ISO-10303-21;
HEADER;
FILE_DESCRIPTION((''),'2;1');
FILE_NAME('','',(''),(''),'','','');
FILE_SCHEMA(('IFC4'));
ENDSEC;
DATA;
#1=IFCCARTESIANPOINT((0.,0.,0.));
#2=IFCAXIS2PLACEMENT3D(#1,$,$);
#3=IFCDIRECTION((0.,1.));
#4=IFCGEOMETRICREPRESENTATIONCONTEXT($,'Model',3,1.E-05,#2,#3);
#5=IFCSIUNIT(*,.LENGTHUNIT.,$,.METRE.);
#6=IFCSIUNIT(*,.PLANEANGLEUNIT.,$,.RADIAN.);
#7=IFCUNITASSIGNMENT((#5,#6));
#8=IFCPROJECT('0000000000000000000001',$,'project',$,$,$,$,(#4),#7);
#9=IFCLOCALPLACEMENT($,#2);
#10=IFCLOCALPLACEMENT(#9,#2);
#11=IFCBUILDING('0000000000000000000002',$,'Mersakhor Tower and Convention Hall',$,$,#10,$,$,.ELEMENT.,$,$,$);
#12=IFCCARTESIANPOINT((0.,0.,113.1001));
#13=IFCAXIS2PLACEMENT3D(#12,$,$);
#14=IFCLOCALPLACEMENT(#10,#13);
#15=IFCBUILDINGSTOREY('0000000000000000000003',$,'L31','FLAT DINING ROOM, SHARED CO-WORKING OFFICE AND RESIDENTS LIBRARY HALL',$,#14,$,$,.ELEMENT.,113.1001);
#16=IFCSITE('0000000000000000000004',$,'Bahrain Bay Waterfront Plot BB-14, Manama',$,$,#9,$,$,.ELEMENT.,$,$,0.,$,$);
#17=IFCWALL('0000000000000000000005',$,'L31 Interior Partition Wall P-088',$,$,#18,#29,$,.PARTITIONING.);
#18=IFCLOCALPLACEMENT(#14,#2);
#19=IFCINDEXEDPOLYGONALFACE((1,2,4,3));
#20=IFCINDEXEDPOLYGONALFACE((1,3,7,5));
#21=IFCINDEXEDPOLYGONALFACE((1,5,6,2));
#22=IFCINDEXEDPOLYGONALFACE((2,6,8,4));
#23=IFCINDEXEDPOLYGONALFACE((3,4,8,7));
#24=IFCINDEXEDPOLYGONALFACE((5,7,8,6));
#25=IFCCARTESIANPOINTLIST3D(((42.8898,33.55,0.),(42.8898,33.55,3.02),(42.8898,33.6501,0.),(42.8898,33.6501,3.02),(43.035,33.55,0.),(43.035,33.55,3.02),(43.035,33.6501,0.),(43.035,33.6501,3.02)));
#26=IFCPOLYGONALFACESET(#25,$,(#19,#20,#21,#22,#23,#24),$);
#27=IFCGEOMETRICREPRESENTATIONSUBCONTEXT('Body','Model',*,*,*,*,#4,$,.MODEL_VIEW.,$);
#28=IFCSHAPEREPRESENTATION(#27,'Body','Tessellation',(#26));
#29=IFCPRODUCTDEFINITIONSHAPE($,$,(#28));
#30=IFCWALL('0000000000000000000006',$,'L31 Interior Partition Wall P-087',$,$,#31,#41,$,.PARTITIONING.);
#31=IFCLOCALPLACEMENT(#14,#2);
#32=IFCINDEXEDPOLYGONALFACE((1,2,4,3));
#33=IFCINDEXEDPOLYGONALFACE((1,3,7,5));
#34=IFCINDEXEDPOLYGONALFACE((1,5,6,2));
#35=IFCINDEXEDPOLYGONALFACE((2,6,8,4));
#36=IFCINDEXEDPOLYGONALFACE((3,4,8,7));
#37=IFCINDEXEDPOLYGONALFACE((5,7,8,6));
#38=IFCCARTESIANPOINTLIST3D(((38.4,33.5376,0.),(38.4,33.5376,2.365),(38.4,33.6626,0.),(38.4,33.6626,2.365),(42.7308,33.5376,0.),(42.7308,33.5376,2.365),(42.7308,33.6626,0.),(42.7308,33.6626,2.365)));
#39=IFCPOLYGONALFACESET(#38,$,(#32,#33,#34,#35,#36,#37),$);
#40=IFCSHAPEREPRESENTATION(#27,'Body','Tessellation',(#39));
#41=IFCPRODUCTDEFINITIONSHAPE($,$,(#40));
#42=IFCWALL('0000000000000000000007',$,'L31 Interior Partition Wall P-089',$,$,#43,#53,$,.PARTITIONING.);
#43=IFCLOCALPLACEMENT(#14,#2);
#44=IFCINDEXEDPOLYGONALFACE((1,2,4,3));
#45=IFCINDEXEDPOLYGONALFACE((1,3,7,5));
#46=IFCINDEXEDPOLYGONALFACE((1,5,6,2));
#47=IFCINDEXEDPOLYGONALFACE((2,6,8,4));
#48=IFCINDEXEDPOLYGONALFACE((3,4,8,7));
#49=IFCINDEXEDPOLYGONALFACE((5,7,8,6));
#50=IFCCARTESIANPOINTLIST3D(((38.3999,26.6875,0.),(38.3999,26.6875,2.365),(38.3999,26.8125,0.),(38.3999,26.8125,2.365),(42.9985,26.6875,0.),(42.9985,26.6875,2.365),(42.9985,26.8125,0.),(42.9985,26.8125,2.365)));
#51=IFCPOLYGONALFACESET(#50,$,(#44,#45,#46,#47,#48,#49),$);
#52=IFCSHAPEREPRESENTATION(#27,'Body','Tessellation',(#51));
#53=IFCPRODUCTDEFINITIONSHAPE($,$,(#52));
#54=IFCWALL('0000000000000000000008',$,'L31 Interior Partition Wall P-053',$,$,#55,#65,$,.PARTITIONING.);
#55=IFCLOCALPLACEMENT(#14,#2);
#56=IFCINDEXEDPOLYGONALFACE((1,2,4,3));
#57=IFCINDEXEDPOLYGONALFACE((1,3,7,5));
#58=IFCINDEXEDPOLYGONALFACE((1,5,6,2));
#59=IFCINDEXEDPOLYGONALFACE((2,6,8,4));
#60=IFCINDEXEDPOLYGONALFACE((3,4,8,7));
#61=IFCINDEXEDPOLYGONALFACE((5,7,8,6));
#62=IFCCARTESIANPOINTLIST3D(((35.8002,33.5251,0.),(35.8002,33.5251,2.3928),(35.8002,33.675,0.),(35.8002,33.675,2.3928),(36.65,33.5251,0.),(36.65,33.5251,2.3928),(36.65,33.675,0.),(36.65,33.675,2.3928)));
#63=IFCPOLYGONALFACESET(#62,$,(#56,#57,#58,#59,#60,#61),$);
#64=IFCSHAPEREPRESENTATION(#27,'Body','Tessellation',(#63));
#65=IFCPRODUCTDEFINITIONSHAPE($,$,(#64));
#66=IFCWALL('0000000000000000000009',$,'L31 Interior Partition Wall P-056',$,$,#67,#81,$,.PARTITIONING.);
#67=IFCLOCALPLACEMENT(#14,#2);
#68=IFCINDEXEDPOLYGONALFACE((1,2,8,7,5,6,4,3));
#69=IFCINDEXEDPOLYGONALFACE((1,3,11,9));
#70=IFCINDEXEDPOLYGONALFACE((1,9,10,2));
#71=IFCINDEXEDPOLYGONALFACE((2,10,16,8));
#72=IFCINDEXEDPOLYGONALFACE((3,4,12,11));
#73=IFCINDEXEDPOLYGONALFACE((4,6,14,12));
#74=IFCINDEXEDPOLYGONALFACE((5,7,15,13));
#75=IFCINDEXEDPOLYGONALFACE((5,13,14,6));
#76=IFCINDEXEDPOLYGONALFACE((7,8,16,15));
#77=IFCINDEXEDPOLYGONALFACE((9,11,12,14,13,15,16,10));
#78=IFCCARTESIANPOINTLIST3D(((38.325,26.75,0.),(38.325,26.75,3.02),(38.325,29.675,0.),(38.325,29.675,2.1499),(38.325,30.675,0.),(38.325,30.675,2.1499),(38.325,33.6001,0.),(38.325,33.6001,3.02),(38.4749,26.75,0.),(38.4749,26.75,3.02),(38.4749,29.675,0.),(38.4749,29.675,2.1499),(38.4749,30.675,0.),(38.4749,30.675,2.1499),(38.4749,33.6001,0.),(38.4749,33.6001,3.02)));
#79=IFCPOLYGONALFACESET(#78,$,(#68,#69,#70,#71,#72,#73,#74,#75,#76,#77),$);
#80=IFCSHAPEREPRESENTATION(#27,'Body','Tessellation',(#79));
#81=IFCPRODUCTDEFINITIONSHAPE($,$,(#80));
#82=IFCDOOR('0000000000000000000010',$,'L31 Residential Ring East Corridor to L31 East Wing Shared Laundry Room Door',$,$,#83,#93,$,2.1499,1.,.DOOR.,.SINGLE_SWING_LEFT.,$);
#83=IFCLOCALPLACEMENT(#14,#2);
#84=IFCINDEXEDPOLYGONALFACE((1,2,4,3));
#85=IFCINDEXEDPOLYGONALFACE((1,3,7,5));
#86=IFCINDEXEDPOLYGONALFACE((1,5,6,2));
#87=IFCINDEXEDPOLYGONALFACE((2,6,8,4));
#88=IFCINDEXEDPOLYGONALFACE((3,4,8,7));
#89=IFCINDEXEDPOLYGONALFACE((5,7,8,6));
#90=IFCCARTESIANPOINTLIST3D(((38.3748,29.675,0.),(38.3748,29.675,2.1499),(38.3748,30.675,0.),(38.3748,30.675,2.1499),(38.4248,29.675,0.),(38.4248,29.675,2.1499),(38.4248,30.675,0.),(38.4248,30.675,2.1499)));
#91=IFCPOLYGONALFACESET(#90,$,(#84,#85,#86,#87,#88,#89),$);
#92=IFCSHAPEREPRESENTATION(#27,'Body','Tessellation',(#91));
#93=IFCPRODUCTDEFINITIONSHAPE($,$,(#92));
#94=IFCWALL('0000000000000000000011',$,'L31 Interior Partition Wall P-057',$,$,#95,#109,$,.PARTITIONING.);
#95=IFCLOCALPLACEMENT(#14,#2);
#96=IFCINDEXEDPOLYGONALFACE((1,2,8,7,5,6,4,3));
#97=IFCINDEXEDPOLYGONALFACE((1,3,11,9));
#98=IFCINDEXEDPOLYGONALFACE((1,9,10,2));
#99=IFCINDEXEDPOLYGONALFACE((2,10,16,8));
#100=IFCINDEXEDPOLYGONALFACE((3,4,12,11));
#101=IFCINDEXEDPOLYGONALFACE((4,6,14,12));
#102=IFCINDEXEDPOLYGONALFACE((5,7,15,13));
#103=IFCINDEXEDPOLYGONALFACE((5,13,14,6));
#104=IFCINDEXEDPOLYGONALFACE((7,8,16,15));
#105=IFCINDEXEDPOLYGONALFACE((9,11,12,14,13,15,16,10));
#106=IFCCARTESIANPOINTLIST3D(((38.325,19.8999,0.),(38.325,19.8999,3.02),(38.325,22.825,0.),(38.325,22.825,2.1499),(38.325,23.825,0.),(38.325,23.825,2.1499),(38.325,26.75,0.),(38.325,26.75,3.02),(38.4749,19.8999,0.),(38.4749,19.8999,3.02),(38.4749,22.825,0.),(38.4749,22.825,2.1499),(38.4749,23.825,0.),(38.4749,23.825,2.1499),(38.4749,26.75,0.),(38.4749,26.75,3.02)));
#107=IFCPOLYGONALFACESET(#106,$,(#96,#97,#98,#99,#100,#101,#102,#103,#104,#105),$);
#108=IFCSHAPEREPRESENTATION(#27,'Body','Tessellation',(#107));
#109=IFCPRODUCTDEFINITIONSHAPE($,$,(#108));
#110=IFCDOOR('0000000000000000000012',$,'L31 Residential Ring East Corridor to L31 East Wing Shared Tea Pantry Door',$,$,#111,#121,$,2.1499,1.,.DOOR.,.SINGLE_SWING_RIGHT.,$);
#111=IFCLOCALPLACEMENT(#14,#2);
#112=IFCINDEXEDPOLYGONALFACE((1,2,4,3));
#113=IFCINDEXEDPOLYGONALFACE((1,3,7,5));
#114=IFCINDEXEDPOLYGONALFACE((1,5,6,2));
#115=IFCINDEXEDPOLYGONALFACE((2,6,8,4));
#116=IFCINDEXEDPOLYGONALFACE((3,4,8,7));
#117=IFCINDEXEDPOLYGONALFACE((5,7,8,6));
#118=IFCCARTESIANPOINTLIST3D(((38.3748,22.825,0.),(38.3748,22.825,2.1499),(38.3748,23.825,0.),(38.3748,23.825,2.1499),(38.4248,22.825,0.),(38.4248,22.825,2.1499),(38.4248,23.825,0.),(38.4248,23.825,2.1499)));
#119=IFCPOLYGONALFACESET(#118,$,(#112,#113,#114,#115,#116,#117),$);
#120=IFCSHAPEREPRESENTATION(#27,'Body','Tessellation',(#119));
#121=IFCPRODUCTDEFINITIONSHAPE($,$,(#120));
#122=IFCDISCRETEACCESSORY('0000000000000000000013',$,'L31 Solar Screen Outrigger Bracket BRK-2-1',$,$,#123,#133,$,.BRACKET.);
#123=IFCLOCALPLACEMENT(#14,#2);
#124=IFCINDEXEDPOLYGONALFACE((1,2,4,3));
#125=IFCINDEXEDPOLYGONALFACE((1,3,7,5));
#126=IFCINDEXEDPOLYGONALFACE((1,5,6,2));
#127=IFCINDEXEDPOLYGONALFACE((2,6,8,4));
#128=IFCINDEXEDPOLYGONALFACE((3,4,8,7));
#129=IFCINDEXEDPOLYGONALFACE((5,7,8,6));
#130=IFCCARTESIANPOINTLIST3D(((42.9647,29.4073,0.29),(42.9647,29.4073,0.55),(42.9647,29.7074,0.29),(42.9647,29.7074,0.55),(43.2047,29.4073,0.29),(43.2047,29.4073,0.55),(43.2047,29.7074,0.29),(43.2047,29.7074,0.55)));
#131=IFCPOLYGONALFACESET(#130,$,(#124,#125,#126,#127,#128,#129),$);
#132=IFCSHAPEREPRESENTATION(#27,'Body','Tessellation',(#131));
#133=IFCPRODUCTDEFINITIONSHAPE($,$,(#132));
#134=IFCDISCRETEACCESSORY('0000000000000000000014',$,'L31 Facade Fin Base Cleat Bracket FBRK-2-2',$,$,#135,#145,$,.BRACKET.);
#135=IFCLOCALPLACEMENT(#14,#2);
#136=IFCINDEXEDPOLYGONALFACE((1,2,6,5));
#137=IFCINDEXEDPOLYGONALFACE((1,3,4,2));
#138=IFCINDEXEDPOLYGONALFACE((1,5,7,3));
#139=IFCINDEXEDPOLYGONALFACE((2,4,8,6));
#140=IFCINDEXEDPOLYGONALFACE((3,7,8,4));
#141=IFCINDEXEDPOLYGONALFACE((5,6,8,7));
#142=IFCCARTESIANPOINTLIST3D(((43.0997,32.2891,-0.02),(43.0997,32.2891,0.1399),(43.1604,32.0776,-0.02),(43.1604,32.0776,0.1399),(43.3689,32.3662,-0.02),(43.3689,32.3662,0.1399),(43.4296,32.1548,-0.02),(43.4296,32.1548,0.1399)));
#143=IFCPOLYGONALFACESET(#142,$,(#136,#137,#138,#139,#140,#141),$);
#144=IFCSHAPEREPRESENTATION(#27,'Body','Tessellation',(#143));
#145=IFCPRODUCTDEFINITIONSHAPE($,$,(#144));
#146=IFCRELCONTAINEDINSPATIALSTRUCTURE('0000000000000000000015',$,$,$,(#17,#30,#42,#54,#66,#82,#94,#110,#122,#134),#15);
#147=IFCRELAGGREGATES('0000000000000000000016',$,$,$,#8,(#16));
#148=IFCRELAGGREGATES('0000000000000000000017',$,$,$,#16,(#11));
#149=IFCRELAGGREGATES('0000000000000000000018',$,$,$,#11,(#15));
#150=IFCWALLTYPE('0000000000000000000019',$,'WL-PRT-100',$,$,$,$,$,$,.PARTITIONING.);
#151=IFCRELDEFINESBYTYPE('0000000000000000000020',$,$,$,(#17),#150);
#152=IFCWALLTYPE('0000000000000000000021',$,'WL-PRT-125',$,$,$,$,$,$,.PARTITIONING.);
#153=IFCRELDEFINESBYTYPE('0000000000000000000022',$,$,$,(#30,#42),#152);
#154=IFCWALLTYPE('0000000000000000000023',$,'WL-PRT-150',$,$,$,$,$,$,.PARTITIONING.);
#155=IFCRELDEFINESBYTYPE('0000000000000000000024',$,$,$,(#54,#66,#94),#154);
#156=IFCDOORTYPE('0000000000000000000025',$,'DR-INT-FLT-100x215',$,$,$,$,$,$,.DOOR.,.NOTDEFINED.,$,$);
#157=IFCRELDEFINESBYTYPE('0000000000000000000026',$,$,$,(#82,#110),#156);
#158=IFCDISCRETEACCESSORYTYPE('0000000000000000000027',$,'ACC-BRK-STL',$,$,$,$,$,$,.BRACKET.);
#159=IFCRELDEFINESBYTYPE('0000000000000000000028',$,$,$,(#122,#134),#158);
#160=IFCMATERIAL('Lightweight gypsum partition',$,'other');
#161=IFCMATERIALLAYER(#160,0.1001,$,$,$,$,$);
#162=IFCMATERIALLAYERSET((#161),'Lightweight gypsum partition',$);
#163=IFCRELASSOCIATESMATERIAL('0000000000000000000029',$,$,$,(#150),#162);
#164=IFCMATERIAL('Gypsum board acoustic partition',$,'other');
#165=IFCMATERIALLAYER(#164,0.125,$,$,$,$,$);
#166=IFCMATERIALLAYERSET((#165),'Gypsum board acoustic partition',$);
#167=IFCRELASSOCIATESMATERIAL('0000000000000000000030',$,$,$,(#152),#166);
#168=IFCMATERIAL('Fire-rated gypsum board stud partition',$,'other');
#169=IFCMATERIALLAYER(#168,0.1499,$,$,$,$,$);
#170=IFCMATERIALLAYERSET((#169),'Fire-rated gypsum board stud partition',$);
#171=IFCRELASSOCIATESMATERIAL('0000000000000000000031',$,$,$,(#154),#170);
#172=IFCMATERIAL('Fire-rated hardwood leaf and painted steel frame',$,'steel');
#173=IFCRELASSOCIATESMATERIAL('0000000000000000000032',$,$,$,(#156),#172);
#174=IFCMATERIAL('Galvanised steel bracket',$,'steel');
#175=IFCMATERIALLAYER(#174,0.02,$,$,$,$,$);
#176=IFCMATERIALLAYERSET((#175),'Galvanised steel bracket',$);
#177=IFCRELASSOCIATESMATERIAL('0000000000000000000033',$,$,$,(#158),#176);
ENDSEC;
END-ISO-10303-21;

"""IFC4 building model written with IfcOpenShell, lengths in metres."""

from ifc_helpers import new_model, si_unit, direction, frame, frame_2d, origin, origin_2d, place, context, subcontext, project, spatial, rectangle, extrude, material, layer, layer_set, type_object, element, fill, save


model = new_model("IFC4")

# Units and contexts
model_context = context("Model", 3, precision=1e-05, world=origin(), true_north=direction((0.0, 1.0)))
body_context = subcontext(model_context, "Body", "Model", "MODEL_VIEW")
ifc_project = project(units=[si_unit("LENGTHUNIT", "METRE"), si_unit("PLANEANGLEUNIT", "RADIAN")], contexts=[model_context])

# Site, building, storey
site_placement = place(None, origin())
site = spatial("IfcSite", under=ifc_project, at=site_placement, Name="Bahrain Bay Waterfront Plot BB-14, Manama", CompositionType="ELEMENT", RefElevation=0.0)
building_placement = place(site_placement, origin())
building = spatial("IfcBuilding", under=site, at=building_placement, Name="Mersakhor Tower and Convention Hall", CompositionType="ELEMENT")
storey_placement = place(building_placement, frame((0.0, 0.0, 113.1001)))
storey = spatial("IfcBuildingStorey", under=building, at=storey_placement, Name="L31", Description="FLAT DINING ROOM, SHARED CO-WORKING OFFICE AND RESIDENTS LIBRARY HALL", CompositionType="ELEMENT", Elevation=113.1001)

# Walls
ifc_material_1 = material(Name="Lightweight gypsum partition", Category="other")
ifc_layer_1 = layer(ifc_material_1, 0.1001)
ifc_layer_set_1 = layer_set([ifc_layer_1], Name="Lightweight gypsum partition")
wall_type_1 = type_object("IfcWallType", Name="WL-PRT-100", PredefinedType="PARTITIONING", material=ifc_layer_set_1)
wall_1_placement = place(storey_placement, frame((42.8896, 33.6001, 0.0), z_axis=(0.0, 0.0, 1.0), x_axis=(1.0, 0.0, 0.0)))
element("IfcWall", 1, at=wall_1_placement, inside=storey, type_object=wall_type_1, Name="L31 Interior Partition Wall P-088", PredefinedType="PARTITIONING", context=body_context, shape_type="SweptSolid", body=[
    extrude(rectangle(XDim=0.1453, YDim=0.1001, at=frame_2d((0.0728, 0.0))), origin(), (0.0, 0.0, 1.0), 3.02),
])
ifc_material_2 = material(Name="Gypsum board acoustic partition", Category="other")
ifc_layer_2 = layer(ifc_material_2, 0.125)
ifc_layer_set_2 = layer_set([ifc_layer_2], Name="Gypsum board acoustic partition")
wall_type_2 = type_object("IfcWallType", Name="WL-PRT-125", PredefinedType="PARTITIONING", material=ifc_layer_set_2)
wall_2_placement = place(storey_placement, frame((38.3999, 33.6001, 0.0), z_axis=(0.0, 0.0, 1.0), x_axis=(1.0, 0.0, 0.0)))
element("IfcWall", 2, at=wall_2_placement, inside=storey, type_object=wall_type_2, Name="L31 Interior Partition Wall P-087", PredefinedType="PARTITIONING", context=body_context, shape_type="SweptSolid", body=[
    extrude(rectangle(XDim=4.3308, YDim=0.125, at=frame_2d((2.1655, 0.0))), origin(), (0.0, 0.0, 1.0), 2.365),
])
wall_3_placement = place(storey_placement, frame((42.9985, 26.75, 0.0), z_axis=(0.0, 0.0, 1.0), x_axis=(-1.0, 0.0, 0.0)))
element("IfcWall", 3, at=wall_3_placement, inside=storey, type_object=wall_type_2, Name="L31 Interior Partition Wall P-089", PredefinedType="PARTITIONING", context=body_context, shape_type="SweptSolid", body=[
    extrude(rectangle(XDim=4.5986, YDim=0.125, at=frame_2d((2.2993, 0.0))), origin(), (0.0, 0.0, 1.0), 2.365),
])
ifc_material_3 = material(Name="Fire-rated gypsum board stud partition", Category="other")
ifc_layer_3 = layer(ifc_material_3, 0.1499)
ifc_layer_set_3 = layer_set([ifc_layer_3], Name="Fire-rated gypsum board stud partition")
wall_type_3 = type_object("IfcWallType", Name="WL-PRT-150", PredefinedType="PARTITIONING", material=ifc_layer_set_3)
wall_4_placement = place(storey_placement, frame((36.6499, 33.6001, 0.0), z_axis=(0.0, 0.0, 1.0), x_axis=(-1.0, 0.0, 0.0)))
element("IfcWall", 4, at=wall_4_placement, inside=storey, type_object=wall_type_3, Name="L31 Interior Partition Wall P-053", PredefinedType="PARTITIONING", context=body_context, shape_type="SweptSolid", body=[
    extrude(rectangle(XDim=0.8499, YDim=0.1499, at=frame_2d((0.4248, 0.0))), origin(), (0.0, 0.0, 1.0), 2.3928),
])

# Walls, openings, doors
wall_5_placement = place(storey_placement, frame((38.3999, 33.6001, 0.0), z_axis=(0.0, 0.0, 1.0), x_axis=(0.0, -1.0, 0.0)))
wall_5 = element("IfcWall", 5, at=wall_5_placement, inside=storey, type_object=wall_type_3, Name="L31 Interior Partition Wall P-056", PredefinedType="PARTITIONING", context=body_context, shape_type="SweptSolid", body=[
    extrude(rectangle(XDim=6.8501, YDim=0.1499, at=frame_2d((3.425, 0.0))), origin(), (0.0, 0.0, 1.0), 3.02),
])
opening_1_placement = place(wall_5_placement, frame((2.925, 0.0, 0.0)))
opening_1 = element("IfcOpeningElement", 6, at=opening_1_placement, cuts=wall_5, PredefinedType="OPENING", context=body_context, shape_type="SweptSolid", body=[
    extrude(rectangle(XDim=1.0, YDim=2.1499, at=frame_2d((0.5, 1.075))), frame((0.0, 0.085, 0.0), z_axis=(0.0, -1.0, 0.0), x_axis=(1.0, 0.0, 0.0)), (0.0, 0.0, 1.0), 0.1699),
])
ifc_material_4 = material(Name="Fire-rated hardwood leaf and painted steel frame", Category="steel")
door_type = type_object("IfcDoorType", Name="DR-INT-FLT-100x215", OperationType="NOTDEFINED", PredefinedType="DOOR", material=ifc_material_4)
door_1_placement = place(opening_1_placement, origin())
door_1 = element("IfcDoor", 7, at=door_1_placement, inside=storey, type_object=door_type, Name="L31 Residential Ring East Corridor to L31 East Wing Shared Laundry Room Door", OperationType="SINGLE_SWING_LEFT", OverallHeight=2.1499, OverallWidth=1.0, PredefinedType="DOOR", context=body_context, shape_type="SweptSolid", body=[
    extrude(rectangle(XDim=1.0, YDim=2.1499, at=frame_2d((0.5, 1.075))), frame((0.0, 0.0249, 0.0), z_axis=(0.0, -1.0, 0.0), x_axis=(1.0, 0.0, 0.0)), (0.0, 0.0, 1.0), 0.05),
])
fill(opening_1, door_1)
wall_6_placement = place(storey_placement, frame((38.3999, 26.75, 0.0), z_axis=(0.0, 0.0, 1.0), x_axis=(0.0, -1.0, 0.0)))
wall_6 = element("IfcWall", 8, at=wall_6_placement, inside=storey, type_object=wall_type_3, Name="L31 Interior Partition Wall P-057", PredefinedType="PARTITIONING", context=body_context, shape_type="SweptSolid", body=[
    extrude(rectangle(XDim=6.8501, YDim=0.1499, at=frame_2d((3.425, 0.0))), origin(), (0.0, 0.0, 1.0), 3.02),
])
opening_2_placement = place(wall_6_placement, frame((2.925, 0.0, 0.0)))
opening_2 = element("IfcOpeningElement", 9, at=opening_2_placement, cuts=wall_6, PredefinedType="OPENING", context=body_context, shape_type="SweptSolid", body=[
    extrude(rectangle(XDim=1.0, YDim=2.1499, at=frame_2d((0.5, 1.075))), frame((0.0, 0.085, 0.0), z_axis=(0.0, -1.0, 0.0), x_axis=(1.0, 0.0, 0.0)), (0.0, 0.0, 1.0), 0.1699),
])
door_2_placement = place(opening_2_placement, origin())
door_2 = element("IfcDoor", 10, at=door_2_placement, inside=storey, type_object=door_type, Name="L31 Residential Ring East Corridor to L31 East Wing Shared Tea Pantry Door", OperationType="SINGLE_SWING_RIGHT", OverallHeight=2.1499, OverallWidth=1.0, PredefinedType="DOOR", context=body_context, shape_type="SweptSolid", body=[
    extrude(rectangle(XDim=1.0, YDim=2.1499, at=frame_2d((0.5, 1.075))), frame((0.0, 0.0249, 0.0), z_axis=(0.0, -1.0, 0.0), x_axis=(1.0, 0.0, 0.0)), (0.0, 0.0, 1.0), 0.05),
])
fill(opening_2, door_2)

# Discrete accessories
ifc_material_5 = material(Name="Galvanised steel bracket", Category="steel")
ifc_layer_4 = layer(ifc_material_5, 0.02)
ifc_layer_set_4 = layer_set([ifc_layer_4], Name="Galvanised steel bracket")
discrete_accessory_type = type_object("IfcDiscreteAccessoryType", Name="ACC-BRK-STL", PredefinedType="BRACKET", material=ifc_layer_set_4)
discrete_accessory_1_placement = place(storey_placement, frame((43.0847, 29.5574, 0.29), z_axis=(0.0, 0.0, 1.0), x_axis=(0.0, -1.0, 0.0)))
element("IfcDiscreteAccessory", 11, at=discrete_accessory_1_placement, inside=storey, type_object=discrete_accessory_type, Name="L31 Solar Screen Outrigger Bracket BRK-2-1", PredefinedType="BRACKET", context=body_context, shape_type="SweptSolid", body=[
    extrude(rectangle(XDim=0.3, YDim=0.24, at=origin_2d()), origin(), (0.0, 0.0, 1.0), 0.26),
])
discrete_accessory_2_placement = place(storey_placement, frame((43.2646, 32.2219, -0.02), z_axis=(0.0, 0.0, 1.0), x_axis=(0.961262, 0.275637, 0.0)))
element("IfcDiscreteAccessory", 12, at=discrete_accessory_2_placement, inside=storey, type_object=discrete_accessory_type, Name="L31 Facade Fin Base Cleat Bracket FBRK-2-2", PredefinedType="BRACKET", context=body_context, shape_type="SweptSolid", body=[
    extrude(rectangle(XDim=0.28, YDim=0.22, at=origin_2d()), origin(), (0.0, 0.0, 1.0), 0.1599),
])

save(model, "model.ifc")
